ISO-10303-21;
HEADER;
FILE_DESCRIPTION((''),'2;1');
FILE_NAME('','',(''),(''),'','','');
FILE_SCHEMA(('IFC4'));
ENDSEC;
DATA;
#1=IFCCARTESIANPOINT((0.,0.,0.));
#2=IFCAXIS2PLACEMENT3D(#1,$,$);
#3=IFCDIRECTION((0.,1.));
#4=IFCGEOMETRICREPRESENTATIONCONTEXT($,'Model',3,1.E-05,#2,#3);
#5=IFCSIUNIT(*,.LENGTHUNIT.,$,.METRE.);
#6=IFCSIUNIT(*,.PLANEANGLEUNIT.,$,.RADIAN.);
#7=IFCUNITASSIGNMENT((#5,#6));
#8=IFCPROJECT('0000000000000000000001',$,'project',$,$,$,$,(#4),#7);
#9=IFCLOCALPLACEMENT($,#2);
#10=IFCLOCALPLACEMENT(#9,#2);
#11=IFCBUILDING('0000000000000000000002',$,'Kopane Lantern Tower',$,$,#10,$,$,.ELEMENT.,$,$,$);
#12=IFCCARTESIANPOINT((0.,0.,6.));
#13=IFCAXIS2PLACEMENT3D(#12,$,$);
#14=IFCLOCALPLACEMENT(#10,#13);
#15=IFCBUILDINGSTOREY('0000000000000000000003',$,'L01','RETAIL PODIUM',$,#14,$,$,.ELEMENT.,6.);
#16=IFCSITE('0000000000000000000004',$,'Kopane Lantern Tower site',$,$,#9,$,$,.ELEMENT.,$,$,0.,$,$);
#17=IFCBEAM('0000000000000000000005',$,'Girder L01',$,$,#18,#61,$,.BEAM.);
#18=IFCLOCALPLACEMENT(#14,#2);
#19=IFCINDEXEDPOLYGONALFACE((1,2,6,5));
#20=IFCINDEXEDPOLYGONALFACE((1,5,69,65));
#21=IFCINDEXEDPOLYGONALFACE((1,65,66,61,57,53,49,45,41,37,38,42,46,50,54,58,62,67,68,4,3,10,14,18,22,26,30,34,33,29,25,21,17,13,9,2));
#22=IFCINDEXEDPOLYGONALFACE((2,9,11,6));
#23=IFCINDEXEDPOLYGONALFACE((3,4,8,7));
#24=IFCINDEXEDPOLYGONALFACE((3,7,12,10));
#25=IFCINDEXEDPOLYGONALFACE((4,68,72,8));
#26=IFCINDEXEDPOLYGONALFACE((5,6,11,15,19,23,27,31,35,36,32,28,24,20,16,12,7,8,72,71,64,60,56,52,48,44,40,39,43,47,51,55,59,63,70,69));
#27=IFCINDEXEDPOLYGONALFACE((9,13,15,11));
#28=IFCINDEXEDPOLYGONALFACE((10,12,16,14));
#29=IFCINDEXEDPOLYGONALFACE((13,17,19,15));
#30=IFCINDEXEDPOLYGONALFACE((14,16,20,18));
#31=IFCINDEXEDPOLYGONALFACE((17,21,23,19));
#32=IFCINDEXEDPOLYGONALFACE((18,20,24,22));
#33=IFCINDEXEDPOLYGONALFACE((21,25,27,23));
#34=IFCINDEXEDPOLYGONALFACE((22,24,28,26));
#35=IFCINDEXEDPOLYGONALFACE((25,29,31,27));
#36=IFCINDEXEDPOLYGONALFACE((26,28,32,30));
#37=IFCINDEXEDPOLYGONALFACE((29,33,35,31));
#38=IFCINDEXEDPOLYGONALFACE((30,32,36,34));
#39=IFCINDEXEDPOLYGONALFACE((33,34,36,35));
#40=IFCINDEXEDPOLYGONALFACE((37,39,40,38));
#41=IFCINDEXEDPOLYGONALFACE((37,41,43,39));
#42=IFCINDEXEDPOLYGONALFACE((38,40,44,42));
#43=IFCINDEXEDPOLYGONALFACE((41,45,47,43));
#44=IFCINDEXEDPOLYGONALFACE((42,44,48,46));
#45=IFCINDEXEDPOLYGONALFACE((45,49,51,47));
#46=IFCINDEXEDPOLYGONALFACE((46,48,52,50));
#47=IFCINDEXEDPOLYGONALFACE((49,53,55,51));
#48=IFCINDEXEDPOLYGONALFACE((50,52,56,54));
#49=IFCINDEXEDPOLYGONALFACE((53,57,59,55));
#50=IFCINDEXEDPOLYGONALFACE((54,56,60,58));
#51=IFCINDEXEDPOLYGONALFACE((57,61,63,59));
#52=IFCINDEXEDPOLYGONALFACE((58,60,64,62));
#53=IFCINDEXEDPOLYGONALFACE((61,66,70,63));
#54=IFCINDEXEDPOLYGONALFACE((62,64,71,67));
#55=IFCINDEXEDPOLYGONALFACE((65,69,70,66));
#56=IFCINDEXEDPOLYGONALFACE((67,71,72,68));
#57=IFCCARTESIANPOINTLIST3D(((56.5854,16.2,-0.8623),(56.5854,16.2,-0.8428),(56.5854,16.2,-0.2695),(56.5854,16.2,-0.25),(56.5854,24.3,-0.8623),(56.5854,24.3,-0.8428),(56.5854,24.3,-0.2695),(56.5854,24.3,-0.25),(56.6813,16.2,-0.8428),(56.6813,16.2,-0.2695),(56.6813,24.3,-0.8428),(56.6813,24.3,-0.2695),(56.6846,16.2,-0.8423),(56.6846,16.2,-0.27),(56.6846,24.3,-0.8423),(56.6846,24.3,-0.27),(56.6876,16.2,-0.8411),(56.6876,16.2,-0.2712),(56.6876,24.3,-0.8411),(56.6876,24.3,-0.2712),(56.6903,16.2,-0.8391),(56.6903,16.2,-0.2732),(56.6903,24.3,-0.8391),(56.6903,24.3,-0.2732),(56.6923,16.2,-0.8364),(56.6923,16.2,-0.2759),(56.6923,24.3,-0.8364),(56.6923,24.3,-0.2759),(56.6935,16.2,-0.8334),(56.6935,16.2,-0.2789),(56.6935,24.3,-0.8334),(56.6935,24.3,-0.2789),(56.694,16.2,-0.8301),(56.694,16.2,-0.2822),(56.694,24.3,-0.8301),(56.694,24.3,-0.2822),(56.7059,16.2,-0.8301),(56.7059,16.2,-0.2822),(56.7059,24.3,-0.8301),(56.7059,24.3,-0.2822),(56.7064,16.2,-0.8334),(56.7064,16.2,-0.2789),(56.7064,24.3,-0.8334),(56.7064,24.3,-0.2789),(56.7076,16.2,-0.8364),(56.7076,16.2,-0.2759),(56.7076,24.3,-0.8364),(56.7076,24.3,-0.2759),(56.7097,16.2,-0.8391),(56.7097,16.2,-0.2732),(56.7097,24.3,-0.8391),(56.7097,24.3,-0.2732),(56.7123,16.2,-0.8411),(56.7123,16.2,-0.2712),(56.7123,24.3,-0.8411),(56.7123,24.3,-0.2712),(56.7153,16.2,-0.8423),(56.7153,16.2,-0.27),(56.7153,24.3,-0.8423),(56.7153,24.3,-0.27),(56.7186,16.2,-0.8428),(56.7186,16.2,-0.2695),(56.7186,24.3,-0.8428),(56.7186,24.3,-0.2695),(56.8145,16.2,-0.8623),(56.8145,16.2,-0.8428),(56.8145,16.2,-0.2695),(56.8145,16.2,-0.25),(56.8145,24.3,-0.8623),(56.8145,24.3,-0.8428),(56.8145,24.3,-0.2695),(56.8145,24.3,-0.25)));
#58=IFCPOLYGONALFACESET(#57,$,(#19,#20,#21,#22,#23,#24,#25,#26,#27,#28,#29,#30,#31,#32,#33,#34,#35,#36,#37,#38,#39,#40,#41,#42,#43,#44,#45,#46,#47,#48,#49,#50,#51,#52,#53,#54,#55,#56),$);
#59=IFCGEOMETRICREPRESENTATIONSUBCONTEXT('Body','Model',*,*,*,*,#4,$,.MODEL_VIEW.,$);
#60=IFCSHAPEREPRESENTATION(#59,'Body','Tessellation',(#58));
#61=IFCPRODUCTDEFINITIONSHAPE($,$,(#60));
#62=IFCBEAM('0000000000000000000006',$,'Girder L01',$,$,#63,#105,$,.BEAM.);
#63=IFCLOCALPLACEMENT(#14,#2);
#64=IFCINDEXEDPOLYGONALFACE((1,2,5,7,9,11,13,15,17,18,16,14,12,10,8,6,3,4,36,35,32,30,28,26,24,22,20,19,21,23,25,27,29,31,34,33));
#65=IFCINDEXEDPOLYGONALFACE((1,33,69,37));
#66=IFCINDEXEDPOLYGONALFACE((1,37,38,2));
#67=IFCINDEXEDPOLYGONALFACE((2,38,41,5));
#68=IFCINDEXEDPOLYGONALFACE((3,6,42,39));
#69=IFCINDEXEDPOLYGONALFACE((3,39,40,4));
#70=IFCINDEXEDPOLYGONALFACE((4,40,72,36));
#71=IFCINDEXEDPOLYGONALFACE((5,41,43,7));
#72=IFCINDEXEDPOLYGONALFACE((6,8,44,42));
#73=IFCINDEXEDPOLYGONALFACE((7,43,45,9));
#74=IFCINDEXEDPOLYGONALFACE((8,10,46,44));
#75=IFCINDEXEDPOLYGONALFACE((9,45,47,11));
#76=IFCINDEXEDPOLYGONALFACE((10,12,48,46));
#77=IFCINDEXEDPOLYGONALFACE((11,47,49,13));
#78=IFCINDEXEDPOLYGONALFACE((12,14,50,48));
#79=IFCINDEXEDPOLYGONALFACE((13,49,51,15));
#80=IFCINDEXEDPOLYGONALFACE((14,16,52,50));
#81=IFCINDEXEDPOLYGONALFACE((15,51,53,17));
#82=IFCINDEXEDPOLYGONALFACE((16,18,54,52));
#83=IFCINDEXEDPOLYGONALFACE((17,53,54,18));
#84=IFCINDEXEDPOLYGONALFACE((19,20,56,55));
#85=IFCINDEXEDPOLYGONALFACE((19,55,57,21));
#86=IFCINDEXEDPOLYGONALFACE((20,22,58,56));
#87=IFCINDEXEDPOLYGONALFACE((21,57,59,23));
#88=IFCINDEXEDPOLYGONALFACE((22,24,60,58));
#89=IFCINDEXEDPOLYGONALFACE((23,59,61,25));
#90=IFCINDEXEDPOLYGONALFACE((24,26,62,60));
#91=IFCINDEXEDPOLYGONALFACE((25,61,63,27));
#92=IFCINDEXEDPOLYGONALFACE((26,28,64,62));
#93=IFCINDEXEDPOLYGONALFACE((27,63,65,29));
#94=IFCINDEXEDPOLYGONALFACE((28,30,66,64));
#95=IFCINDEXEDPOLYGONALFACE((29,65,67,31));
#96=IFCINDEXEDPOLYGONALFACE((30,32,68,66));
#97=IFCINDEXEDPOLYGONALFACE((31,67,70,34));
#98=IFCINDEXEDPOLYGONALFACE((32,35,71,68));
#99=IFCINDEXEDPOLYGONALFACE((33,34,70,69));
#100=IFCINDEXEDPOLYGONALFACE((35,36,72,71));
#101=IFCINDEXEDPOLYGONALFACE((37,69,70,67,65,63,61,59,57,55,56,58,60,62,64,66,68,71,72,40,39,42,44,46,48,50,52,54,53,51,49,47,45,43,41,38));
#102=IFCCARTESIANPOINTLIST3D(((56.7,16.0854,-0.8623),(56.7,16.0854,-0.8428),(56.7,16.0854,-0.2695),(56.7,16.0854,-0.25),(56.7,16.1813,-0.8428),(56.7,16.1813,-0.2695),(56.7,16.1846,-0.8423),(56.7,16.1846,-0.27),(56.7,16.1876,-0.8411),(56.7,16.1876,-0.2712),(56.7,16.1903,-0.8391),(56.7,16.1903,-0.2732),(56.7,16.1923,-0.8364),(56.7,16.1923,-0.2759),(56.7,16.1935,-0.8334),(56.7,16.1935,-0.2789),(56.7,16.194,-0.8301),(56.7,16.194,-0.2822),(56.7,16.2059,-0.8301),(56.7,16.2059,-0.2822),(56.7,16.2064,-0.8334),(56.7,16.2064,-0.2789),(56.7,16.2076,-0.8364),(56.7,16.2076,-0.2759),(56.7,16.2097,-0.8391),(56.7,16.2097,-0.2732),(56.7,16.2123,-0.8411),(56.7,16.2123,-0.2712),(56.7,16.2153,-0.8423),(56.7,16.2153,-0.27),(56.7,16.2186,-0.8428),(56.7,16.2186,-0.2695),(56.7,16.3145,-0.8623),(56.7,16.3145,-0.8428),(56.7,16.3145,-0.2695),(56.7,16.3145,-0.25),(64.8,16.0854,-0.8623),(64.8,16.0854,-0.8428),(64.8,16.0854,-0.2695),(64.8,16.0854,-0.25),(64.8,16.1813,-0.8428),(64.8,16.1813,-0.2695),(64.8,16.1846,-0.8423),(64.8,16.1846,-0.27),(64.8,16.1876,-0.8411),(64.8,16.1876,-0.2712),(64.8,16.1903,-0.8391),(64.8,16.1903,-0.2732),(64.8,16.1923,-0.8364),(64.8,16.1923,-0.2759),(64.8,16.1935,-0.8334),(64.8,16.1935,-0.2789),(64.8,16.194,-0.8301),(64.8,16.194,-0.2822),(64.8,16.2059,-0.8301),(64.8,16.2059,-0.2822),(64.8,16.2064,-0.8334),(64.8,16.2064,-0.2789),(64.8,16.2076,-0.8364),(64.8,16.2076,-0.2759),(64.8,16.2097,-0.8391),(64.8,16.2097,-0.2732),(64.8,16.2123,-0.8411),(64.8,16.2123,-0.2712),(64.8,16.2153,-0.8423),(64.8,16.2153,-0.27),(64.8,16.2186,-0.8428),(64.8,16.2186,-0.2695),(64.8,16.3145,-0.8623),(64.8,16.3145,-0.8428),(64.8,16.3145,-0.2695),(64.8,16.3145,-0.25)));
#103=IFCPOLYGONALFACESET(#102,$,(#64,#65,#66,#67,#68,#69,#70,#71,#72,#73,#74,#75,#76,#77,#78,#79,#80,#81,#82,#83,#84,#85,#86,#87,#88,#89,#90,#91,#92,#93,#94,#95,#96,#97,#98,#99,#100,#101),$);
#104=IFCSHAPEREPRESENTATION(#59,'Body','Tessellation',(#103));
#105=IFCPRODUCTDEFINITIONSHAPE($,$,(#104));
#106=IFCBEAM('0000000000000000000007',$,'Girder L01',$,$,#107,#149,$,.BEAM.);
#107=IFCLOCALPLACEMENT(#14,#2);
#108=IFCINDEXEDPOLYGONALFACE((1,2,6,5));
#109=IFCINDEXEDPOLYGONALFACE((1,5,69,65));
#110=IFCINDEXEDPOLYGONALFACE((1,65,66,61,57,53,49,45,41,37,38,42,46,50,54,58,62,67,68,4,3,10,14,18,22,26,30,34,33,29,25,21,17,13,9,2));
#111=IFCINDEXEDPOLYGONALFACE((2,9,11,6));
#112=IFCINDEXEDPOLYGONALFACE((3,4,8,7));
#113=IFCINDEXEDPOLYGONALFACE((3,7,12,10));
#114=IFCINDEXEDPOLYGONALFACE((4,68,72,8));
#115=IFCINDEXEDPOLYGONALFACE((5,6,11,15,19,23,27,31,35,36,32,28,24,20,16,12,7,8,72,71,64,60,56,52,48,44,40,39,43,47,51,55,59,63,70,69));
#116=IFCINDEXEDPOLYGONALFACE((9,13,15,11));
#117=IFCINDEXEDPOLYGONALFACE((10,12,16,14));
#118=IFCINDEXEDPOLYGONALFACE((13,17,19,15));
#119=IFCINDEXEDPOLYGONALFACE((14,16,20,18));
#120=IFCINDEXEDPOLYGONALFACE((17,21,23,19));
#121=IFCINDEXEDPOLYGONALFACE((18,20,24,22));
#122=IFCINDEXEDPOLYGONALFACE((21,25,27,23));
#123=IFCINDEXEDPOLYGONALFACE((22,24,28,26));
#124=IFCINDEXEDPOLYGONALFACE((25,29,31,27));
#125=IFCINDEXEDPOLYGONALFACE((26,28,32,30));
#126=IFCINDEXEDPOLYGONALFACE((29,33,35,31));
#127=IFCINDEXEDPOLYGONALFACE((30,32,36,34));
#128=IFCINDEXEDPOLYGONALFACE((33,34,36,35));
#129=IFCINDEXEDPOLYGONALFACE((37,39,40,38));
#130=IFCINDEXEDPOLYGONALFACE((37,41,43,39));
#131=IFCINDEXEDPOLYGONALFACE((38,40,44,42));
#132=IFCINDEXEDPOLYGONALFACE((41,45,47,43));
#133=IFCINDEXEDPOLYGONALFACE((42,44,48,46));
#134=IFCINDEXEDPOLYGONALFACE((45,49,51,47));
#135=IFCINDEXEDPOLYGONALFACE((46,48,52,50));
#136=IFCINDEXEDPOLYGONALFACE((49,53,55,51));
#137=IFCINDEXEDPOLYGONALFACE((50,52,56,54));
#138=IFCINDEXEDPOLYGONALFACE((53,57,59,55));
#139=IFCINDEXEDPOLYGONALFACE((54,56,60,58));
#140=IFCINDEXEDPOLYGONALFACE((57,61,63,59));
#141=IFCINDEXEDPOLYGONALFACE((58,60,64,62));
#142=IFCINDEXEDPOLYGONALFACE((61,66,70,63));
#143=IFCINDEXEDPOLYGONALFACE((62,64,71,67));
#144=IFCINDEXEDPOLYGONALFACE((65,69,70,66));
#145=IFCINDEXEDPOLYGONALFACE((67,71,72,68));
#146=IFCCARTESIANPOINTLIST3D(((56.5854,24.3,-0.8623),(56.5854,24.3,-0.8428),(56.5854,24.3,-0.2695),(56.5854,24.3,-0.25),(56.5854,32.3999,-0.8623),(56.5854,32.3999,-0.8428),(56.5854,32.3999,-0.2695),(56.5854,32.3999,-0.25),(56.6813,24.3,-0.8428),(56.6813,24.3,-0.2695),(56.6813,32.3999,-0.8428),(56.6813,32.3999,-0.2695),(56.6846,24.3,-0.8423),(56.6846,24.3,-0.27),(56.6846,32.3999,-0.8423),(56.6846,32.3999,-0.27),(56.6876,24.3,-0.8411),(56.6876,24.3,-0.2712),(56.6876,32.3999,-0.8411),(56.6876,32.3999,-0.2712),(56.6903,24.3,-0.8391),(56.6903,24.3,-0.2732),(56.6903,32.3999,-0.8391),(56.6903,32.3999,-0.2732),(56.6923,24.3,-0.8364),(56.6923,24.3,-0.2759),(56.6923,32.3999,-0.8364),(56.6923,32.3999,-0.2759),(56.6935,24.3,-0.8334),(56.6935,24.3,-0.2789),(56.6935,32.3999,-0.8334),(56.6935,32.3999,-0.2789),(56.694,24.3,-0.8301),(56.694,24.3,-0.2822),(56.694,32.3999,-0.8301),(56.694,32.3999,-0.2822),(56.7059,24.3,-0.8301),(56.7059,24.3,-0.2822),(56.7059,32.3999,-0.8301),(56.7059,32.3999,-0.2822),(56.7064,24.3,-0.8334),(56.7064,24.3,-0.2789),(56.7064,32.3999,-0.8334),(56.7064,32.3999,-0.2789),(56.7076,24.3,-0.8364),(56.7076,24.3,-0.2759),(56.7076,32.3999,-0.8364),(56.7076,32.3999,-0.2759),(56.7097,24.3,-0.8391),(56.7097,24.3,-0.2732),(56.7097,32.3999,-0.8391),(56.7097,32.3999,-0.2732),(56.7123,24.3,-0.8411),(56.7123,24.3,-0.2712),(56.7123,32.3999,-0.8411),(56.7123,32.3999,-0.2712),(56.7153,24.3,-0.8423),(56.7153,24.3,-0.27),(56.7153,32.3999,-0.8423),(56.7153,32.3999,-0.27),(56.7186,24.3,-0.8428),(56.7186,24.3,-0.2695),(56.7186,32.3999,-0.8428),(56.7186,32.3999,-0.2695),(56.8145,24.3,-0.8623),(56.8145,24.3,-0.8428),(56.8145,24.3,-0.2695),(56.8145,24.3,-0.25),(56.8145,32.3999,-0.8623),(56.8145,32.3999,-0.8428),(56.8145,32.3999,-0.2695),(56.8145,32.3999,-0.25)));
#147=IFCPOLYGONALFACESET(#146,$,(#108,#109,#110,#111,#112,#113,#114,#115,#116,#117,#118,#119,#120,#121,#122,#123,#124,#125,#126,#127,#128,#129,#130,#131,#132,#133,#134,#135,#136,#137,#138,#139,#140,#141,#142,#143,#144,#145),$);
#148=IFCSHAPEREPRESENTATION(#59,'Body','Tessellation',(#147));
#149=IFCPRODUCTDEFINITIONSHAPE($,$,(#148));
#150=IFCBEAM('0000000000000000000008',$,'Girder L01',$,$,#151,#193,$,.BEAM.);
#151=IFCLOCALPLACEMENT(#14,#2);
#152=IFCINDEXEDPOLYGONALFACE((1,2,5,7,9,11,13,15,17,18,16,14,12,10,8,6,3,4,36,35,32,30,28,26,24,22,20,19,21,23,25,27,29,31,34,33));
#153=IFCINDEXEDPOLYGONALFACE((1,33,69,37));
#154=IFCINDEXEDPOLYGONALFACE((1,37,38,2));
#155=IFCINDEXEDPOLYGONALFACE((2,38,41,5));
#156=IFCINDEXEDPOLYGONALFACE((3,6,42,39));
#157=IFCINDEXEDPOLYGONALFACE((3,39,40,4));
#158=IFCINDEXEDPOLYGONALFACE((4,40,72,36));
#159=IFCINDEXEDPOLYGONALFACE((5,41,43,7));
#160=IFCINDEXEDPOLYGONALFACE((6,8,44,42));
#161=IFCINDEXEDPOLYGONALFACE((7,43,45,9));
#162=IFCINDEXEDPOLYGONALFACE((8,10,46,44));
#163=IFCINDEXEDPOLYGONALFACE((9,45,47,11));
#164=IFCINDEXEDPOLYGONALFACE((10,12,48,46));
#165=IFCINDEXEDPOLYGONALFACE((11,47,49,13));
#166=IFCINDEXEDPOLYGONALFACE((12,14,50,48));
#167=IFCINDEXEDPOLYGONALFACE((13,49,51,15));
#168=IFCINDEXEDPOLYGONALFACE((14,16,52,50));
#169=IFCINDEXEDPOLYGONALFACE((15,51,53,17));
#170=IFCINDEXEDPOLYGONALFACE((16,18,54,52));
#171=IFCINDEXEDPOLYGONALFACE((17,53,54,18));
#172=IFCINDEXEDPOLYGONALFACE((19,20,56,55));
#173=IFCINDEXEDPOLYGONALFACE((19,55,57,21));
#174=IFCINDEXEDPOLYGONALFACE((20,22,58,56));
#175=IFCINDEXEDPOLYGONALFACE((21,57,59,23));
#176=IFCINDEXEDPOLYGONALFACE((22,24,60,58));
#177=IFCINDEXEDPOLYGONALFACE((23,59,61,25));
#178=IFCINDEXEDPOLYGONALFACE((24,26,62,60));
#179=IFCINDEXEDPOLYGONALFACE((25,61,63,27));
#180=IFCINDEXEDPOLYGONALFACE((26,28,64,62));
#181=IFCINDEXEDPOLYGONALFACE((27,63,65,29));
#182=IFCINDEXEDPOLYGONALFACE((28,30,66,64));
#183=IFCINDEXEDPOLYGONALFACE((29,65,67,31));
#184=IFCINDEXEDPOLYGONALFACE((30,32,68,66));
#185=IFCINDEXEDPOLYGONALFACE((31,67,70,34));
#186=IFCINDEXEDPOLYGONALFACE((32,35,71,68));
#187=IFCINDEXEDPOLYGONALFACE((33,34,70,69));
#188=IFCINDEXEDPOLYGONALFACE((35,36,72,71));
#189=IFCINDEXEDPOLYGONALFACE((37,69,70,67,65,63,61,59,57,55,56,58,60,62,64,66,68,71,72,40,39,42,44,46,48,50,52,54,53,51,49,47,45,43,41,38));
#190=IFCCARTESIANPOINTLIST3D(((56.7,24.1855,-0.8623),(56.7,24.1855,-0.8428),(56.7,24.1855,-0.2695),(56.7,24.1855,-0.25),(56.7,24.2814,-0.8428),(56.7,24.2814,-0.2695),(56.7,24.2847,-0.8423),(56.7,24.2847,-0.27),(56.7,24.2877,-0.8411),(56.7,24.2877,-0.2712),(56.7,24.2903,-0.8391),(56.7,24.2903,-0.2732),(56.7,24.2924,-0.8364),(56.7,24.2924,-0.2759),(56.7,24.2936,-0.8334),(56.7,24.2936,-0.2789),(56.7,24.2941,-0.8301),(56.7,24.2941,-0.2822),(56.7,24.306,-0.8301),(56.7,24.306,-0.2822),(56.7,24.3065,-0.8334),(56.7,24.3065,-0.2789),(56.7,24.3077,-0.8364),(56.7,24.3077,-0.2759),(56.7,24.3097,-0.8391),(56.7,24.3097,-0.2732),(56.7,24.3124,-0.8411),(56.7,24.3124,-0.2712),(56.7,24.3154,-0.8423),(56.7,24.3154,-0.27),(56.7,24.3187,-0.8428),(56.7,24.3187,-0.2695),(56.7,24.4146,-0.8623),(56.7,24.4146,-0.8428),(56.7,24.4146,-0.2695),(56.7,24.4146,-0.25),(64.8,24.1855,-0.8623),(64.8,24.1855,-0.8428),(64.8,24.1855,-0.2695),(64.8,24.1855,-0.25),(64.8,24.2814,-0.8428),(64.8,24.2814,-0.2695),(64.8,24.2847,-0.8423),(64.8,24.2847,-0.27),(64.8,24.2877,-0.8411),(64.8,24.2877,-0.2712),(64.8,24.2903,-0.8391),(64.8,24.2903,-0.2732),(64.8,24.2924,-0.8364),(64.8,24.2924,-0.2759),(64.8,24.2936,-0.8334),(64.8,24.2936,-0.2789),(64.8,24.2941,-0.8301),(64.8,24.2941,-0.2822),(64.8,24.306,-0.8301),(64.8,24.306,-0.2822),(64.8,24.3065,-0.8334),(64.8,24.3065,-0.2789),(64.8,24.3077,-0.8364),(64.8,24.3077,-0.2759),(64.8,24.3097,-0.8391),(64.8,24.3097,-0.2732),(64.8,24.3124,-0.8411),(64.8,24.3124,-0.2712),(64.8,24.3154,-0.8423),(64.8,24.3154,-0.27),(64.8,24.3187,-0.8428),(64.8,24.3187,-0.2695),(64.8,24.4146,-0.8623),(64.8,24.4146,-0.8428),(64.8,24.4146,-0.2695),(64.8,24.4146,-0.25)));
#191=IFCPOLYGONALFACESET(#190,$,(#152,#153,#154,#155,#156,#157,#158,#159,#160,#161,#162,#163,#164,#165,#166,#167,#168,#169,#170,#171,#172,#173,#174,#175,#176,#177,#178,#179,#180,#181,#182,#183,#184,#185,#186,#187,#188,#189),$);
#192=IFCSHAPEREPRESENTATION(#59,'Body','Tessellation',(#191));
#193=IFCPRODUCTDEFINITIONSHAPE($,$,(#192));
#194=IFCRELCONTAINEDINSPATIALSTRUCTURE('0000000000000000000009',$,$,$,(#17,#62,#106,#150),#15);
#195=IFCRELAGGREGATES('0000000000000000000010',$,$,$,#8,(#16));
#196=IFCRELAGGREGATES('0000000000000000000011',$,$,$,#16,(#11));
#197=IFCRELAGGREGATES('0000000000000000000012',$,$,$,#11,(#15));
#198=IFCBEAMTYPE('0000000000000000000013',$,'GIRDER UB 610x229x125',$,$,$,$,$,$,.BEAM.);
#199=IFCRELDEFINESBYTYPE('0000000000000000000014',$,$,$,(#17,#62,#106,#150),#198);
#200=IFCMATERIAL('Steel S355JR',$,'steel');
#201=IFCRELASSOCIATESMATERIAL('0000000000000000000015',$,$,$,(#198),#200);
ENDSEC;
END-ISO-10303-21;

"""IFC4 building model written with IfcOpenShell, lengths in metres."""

from ifc_helpers import new_model, si_unit, direction, frame, origin, origin_2d, place, context, subcontext, project, spatial, i_section, extrude, material, material_profile, profile_set, type_object, element, save


model = new_model("IFC4")

# Units and contexts
model_context = context("Model", 3, precision=1e-05, world=origin(), true_north=direction((0.0, 1.0)))
body_context = subcontext(model_context, "Body", "Model", "MODEL_VIEW")
ifc_project = project(units=[si_unit("LENGTHUNIT", "METRE"), si_unit("PLANEANGLEUNIT", "RADIAN")], contexts=[model_context])

# Site, building, storey
site_placement = place(None, origin())
site = spatial("IfcSite", under=ifc_project, at=site_placement, Name="Kopane Lantern Tower site", CompositionType="ELEMENT", RefElevation=0.0)
building_placement = place(site_placement, origin())
building = spatial("IfcBuilding", under=site, at=building_placement, Name="Kopane Lantern Tower", CompositionType="ELEMENT")
storey_placement = place(building_placement, frame((0.0, 0.0, 6.0)))
storey = spatial("IfcBuildingStorey", under=building, at=storey_placement, Name="L01", Description="RETAIL PODIUM", CompositionType="ELEMENT", Elevation=6.0)

# Beams
ifc_material_1 = material(Name="Steel S355JR", Category="steel")
ifc_material_profile_1 = material_profile(ifc_material_1, i_section(OverallWidth=0.229, OverallDepth=0.6123, WebThickness=0.012, FlangeThickness=0.0195, FilletRadius=0.0127, at=origin_2d()), Name="UB 610x229x125")
ifc_profile_set_1 = profile_set([ifc_material_profile_1], Name="Steel S355JR")
beam_type = type_object("IfcBeamType", Name="GIRDER UB 610x229x125", PredefinedType="BEAM", material=ifc_profile_set_1)
for number, where, z_axis, x_axis, name in (
    (1, (56.7, 16.2, -0.5562), (0.0, 1.0, 0.0), (-1.0, 0.0, 0.0), "Girder L01"),
    (2, (56.7, 16.2, -0.5562), (1.0, 0.0, 0.0), (0.0, 1.0, 0.0), "Girder L01"),
):
    element("IfcBeam", number, at=place(storey_placement, frame(where, z_axis=z_axis, x_axis=x_axis)), inside=storey, type_object=beam_type, Name=name, PredefinedType="BEAM", context=body_context, shape_type="SweptSolid", body=[
        extrude(i_section(OverallWidth=0.229, OverallDepth=0.6123, WebThickness=0.012, FlangeThickness=0.0195, FilletRadius=0.0127, at=origin_2d()), origin(), (0.0, 0.0, 1.0), 8.1001),
    ])
beam_1_placement = place(storey_placement, frame((56.7, 24.3, -0.5562), z_axis=(0.0, 1.0, 0.0), x_axis=(-1.0, 0.0, 0.0)))
element("IfcBeam", 3, at=beam_1_placement, inside=storey, type_object=beam_type, Name="Girder L01", PredefinedType="BEAM", context=body_context, shape_type="SweptSolid", body=[
    extrude(i_section(OverallWidth=0.229, OverallDepth=0.6123, WebThickness=0.012, FlangeThickness=0.0195, FilletRadius=0.0127, at=origin_2d()), origin(), (0.0, 0.0, 1.0), 8.0999),
])
for number, where, z_axis, x_axis, name in (
    (4, (56.7, 24.3, -0.5562), (1.0, 0.0, 0.0), (0.0, 1.0, 0.0), "Girder L01"),
):
    element("IfcBeam", number, at=place(storey_placement, frame(where, z_axis=z_axis, x_axis=x_axis)), inside=storey, type_object=beam_type, Name=name, PredefinedType="BEAM", context=body_context, shape_type="SweptSolid", body=[
        extrude(i_section(OverallWidth=0.229, OverallDepth=0.6123, WebThickness=0.012, FlangeThickness=0.0195, FilletRadius=0.0127, at=origin_2d()), origin(), (0.0, 0.0, 1.0), 8.1001),
    ])

save(model, "model.ifc")
